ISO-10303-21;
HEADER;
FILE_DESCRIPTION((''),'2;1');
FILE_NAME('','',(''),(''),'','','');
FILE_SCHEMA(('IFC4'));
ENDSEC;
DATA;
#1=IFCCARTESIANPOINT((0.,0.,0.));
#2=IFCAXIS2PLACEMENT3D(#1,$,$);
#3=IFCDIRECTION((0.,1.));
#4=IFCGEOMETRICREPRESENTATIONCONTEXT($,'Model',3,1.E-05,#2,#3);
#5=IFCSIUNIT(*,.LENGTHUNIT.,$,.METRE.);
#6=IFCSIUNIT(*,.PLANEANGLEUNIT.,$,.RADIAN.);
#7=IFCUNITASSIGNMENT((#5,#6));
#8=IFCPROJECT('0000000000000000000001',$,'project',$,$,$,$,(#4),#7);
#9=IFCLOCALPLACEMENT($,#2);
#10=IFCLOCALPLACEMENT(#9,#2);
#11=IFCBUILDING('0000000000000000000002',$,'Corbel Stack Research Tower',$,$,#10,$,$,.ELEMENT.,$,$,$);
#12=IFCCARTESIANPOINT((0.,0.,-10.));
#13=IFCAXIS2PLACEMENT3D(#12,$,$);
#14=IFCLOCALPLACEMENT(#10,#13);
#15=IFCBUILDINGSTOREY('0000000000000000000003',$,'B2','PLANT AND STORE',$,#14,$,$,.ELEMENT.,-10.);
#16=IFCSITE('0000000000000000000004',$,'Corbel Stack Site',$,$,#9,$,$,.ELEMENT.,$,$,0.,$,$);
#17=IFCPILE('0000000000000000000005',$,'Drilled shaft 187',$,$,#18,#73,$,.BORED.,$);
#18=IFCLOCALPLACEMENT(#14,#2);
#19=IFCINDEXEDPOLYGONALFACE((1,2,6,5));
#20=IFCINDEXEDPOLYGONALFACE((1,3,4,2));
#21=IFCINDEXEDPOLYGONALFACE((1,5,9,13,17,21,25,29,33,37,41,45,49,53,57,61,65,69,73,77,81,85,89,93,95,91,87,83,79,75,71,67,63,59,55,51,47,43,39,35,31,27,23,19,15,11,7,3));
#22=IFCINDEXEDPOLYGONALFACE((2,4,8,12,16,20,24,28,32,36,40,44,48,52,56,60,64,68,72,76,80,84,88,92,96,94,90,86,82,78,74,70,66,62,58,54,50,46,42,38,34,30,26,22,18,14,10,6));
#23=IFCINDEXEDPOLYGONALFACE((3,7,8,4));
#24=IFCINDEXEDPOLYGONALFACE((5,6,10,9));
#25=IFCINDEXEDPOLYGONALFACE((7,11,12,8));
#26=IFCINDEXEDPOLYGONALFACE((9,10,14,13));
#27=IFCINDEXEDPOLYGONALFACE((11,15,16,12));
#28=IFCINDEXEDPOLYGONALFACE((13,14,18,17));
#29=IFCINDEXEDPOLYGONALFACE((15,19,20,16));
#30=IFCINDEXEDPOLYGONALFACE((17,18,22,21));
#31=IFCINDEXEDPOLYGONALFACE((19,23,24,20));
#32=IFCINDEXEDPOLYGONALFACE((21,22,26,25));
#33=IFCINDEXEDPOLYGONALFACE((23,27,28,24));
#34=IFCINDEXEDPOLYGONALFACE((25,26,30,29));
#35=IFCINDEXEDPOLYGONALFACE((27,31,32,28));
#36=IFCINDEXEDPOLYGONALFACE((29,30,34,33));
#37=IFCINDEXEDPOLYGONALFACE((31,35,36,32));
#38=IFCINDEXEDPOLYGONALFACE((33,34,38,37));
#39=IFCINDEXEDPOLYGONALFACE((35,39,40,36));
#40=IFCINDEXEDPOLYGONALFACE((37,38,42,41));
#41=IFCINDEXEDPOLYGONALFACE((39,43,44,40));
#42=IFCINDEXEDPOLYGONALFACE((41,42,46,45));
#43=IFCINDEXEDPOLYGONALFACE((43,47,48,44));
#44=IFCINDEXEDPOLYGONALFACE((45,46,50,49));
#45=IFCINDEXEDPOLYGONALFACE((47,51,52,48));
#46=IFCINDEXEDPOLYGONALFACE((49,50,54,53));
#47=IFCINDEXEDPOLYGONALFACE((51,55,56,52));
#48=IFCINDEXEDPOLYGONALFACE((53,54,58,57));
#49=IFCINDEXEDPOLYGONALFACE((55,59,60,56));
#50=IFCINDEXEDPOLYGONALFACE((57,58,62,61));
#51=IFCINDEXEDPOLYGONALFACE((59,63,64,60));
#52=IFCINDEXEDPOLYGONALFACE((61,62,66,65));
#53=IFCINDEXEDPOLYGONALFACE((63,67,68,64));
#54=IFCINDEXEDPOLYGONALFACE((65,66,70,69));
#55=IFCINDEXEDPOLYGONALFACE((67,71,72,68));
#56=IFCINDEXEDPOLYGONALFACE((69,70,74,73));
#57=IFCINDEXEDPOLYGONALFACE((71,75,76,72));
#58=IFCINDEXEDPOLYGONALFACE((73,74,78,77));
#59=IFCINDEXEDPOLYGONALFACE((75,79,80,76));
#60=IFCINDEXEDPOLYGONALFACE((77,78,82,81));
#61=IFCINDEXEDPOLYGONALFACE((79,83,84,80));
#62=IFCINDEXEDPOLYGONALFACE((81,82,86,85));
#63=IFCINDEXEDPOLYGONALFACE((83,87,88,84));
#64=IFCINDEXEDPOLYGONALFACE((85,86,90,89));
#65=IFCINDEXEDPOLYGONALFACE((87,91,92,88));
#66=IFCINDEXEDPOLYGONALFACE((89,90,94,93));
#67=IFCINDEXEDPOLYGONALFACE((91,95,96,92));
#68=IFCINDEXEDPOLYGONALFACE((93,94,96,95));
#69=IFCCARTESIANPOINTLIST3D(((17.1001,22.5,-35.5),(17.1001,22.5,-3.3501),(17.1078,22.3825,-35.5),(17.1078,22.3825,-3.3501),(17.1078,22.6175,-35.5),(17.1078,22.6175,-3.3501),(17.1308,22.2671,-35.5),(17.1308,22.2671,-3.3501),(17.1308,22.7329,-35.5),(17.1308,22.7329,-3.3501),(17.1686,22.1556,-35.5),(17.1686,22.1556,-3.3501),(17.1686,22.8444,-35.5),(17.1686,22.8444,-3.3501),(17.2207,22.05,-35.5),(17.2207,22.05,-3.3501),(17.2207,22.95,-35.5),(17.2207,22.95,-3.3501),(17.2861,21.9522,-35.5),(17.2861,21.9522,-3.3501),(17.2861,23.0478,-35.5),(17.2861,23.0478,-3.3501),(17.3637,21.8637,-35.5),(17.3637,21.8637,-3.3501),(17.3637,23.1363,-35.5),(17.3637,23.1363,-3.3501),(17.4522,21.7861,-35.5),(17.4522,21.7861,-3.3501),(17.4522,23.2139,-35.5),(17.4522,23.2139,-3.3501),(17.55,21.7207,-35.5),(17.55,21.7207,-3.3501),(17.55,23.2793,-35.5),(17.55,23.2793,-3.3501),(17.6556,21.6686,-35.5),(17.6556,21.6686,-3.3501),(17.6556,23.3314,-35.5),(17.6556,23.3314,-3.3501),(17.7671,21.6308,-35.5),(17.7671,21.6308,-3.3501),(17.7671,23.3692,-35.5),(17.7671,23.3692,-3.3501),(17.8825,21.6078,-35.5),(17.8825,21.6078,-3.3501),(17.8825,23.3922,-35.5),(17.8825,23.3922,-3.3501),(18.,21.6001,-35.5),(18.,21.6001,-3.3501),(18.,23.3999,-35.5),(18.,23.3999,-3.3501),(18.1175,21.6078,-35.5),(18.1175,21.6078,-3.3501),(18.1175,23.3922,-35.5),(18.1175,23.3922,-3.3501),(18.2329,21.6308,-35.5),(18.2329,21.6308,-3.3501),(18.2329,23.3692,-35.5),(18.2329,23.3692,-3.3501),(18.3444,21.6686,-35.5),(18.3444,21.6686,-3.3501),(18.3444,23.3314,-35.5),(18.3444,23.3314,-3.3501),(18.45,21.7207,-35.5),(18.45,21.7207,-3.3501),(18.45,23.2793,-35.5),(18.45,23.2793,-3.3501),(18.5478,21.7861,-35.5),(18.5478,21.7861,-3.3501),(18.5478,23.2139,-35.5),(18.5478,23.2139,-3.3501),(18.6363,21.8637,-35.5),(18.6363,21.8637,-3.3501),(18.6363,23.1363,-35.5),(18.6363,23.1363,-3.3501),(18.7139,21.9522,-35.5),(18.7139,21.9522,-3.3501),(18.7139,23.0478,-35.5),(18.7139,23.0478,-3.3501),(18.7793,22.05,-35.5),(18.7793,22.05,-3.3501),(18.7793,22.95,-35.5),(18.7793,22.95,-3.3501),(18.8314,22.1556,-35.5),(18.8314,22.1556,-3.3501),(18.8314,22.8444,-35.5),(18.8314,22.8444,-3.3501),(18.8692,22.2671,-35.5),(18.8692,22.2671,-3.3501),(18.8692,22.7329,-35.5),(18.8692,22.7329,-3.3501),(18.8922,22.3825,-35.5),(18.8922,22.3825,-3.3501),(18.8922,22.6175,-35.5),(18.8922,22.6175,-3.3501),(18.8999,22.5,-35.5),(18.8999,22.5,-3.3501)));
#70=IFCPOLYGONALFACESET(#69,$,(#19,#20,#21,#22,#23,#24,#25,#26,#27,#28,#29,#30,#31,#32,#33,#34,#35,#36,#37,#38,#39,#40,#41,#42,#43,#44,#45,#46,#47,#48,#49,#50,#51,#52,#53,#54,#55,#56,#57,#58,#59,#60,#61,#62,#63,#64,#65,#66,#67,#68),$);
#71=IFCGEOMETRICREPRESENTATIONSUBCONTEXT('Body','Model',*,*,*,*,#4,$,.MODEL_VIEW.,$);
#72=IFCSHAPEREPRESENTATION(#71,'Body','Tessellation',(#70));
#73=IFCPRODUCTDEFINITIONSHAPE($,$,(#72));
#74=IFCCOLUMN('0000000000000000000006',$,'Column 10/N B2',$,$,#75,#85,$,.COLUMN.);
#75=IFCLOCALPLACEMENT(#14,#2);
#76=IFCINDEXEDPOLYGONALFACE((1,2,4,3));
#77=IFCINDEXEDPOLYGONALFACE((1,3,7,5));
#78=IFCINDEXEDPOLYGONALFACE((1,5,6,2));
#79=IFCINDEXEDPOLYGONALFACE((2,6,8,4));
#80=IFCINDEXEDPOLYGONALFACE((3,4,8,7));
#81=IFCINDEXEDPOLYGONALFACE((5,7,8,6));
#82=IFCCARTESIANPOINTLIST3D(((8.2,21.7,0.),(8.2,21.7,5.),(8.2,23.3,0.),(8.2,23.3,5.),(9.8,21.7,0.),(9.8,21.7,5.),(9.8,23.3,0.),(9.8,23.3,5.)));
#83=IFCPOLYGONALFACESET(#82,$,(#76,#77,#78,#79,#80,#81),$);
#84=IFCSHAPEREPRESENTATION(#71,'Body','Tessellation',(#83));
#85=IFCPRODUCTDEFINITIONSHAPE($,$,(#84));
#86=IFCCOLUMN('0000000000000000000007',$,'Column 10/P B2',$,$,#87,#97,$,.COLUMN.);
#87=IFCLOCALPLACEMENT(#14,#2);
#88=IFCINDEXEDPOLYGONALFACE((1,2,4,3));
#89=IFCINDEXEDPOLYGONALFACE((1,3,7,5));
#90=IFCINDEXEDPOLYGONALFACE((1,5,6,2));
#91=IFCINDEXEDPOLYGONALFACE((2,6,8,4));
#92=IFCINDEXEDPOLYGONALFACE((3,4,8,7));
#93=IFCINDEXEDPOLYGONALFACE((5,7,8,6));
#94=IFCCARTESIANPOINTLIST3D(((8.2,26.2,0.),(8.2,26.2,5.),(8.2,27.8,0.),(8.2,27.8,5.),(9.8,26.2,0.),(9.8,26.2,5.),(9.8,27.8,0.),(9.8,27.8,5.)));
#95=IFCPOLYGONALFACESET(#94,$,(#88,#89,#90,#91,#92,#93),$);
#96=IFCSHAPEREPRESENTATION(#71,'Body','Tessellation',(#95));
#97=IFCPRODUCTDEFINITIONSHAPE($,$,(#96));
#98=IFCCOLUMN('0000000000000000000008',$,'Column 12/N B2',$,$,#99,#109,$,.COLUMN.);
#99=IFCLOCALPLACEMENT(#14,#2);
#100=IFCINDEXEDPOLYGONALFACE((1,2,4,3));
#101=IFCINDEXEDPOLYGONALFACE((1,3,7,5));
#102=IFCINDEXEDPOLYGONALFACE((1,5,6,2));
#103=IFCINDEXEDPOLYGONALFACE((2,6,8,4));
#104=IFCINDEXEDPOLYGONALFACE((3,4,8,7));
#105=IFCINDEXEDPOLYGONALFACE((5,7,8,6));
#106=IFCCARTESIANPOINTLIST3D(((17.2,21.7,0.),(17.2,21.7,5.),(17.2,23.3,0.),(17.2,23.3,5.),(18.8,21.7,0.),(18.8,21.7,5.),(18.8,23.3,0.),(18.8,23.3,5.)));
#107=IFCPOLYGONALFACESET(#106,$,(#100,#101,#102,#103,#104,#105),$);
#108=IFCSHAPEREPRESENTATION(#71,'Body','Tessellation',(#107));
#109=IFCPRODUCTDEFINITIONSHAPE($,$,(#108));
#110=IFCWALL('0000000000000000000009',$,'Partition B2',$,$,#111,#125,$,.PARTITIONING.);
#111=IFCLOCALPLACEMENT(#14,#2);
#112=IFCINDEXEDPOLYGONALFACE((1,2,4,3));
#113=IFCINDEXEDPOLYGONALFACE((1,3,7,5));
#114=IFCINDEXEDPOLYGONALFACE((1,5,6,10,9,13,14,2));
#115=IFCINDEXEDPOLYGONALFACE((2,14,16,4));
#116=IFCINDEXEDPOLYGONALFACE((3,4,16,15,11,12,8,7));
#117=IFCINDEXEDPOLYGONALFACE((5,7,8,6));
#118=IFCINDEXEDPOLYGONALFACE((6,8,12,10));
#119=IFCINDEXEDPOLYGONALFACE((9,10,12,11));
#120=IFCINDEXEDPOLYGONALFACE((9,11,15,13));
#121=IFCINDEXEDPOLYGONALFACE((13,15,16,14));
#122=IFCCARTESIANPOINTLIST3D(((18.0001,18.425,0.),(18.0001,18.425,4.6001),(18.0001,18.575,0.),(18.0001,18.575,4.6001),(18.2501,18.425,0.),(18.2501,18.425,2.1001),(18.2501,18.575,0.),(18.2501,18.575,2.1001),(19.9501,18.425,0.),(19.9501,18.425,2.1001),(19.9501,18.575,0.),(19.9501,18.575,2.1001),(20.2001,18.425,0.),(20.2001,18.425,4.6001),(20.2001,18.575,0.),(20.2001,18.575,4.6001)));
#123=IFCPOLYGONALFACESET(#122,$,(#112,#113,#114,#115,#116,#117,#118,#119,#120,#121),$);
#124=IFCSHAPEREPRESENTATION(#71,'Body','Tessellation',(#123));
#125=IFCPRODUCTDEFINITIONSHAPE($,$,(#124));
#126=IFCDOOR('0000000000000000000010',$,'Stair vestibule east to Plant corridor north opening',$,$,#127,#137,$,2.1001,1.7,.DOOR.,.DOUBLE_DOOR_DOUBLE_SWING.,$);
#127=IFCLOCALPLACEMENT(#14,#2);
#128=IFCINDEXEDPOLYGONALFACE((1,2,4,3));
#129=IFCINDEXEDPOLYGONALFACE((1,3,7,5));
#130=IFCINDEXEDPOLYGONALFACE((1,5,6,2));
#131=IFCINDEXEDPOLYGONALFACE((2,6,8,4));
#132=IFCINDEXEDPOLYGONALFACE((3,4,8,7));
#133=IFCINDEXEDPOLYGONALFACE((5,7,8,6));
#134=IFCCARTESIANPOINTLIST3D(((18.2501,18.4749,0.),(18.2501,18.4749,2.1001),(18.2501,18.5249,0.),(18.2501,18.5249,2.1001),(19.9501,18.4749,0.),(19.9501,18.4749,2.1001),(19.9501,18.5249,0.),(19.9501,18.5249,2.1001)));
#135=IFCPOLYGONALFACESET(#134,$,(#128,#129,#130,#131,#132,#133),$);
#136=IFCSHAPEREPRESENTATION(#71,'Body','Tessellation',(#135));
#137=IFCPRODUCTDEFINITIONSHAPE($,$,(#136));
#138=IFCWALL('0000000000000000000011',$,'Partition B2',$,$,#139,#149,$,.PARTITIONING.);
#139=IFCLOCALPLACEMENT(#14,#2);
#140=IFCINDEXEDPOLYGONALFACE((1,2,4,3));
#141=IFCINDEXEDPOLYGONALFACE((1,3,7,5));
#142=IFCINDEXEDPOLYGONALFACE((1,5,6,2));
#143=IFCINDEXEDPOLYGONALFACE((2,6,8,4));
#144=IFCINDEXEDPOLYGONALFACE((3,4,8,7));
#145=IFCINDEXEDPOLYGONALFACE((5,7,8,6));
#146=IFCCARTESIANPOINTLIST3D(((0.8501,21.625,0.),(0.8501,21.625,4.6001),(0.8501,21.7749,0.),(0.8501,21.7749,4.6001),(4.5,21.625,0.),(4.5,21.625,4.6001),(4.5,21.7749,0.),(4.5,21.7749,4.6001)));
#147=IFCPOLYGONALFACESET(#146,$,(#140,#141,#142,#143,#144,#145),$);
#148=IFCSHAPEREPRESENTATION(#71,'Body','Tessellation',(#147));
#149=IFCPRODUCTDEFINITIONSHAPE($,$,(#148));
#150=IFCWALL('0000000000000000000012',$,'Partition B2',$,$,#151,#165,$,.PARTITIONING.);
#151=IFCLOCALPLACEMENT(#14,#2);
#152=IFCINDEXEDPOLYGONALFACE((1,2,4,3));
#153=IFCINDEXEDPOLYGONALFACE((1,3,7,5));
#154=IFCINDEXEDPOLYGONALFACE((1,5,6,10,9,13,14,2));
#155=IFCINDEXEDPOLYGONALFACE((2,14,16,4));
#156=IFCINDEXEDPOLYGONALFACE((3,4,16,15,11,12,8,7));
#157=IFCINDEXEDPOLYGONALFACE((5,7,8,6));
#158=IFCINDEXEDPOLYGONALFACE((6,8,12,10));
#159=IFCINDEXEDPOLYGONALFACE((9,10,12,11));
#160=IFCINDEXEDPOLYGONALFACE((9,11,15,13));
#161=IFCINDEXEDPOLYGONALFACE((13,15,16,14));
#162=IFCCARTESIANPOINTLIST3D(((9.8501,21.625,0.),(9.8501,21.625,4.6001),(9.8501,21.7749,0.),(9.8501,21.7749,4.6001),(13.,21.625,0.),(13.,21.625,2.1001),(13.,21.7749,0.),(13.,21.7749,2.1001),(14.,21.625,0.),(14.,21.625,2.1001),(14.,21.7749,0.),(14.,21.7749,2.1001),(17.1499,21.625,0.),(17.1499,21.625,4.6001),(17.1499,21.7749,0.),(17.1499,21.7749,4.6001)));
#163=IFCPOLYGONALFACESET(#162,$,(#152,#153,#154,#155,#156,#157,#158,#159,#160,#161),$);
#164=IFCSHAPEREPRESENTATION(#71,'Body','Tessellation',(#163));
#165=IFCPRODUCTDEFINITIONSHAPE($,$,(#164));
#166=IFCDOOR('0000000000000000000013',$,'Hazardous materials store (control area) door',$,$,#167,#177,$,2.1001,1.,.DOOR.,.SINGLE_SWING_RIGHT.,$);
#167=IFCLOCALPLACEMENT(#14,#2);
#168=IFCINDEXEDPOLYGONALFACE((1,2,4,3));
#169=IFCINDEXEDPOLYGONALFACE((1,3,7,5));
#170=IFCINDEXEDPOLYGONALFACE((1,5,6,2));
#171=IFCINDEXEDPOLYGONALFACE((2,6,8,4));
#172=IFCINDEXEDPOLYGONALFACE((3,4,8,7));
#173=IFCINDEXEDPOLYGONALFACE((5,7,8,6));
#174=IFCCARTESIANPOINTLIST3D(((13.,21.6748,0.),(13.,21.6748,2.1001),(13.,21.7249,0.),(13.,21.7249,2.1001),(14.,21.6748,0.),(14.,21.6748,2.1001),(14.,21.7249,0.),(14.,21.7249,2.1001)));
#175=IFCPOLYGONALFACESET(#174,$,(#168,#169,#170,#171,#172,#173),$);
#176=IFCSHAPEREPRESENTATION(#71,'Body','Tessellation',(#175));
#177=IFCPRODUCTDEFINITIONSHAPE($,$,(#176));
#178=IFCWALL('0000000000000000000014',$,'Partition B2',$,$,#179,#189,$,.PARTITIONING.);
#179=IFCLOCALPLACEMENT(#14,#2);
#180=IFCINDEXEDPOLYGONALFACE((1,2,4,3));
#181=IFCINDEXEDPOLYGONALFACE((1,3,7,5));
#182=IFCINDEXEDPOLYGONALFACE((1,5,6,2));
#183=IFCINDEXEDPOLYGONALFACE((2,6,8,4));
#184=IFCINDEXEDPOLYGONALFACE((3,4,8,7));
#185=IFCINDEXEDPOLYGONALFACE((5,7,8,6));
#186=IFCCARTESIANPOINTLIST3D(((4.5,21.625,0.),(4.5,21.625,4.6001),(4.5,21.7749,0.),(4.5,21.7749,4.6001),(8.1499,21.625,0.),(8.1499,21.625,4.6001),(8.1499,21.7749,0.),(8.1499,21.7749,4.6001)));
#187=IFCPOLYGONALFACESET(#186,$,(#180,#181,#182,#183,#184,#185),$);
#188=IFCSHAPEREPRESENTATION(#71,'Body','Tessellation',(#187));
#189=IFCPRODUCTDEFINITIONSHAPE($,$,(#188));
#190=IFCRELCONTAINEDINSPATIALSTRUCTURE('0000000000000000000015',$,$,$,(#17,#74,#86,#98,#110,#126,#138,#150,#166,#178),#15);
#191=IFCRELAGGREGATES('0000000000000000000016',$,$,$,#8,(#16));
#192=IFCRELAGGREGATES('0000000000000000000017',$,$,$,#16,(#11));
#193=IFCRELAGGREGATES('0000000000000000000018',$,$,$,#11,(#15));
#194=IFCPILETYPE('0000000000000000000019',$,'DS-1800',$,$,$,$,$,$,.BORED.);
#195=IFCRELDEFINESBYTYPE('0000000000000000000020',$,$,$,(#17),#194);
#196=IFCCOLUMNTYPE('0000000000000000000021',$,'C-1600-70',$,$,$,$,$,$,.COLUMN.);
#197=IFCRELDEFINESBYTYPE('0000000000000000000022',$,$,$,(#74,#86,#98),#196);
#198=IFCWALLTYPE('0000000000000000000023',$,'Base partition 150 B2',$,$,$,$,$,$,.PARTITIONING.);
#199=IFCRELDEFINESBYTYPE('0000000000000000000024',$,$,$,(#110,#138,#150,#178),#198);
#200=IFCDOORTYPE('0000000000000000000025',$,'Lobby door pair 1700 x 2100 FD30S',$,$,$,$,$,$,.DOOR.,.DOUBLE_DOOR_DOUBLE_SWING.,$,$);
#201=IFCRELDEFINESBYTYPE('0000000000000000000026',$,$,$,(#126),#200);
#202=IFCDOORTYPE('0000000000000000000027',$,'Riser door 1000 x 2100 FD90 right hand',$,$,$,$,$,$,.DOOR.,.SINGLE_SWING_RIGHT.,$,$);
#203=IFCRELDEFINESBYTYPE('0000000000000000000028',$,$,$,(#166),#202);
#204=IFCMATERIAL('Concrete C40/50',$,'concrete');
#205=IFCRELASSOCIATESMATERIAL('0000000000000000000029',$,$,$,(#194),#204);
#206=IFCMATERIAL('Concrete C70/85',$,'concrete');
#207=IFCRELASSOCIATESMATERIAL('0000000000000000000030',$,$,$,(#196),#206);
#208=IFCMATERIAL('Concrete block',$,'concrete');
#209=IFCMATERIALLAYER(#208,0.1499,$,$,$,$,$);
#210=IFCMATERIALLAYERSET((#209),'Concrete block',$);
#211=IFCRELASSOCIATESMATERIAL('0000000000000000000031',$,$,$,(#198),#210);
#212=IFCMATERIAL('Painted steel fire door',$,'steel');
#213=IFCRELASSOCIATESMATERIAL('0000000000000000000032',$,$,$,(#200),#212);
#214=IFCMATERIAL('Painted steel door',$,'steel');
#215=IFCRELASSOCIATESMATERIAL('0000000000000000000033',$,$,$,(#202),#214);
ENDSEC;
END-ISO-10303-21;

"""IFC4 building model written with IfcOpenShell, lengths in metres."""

from ifc_helpers import new_model, si_unit, direction, frame, frame_2d, origin, origin_2d, place, context, subcontext, project, spatial, rectangle, circle, extrude, material, layer, layer_set, material_profile, profile_set, type_object, element, fill, save


model = new_model("IFC4")

# Units and contexts
model_context = context("Model", 3, precision=1e-05, world=origin(), true_north=direction((0.0, 1.0)))
body_context = subcontext(model_context, "Body", "Model", "MODEL_VIEW")
ifc_project = project(units=[si_unit("LENGTHUNIT", "METRE"), si_unit("PLANEANGLEUNIT", "RADIAN")], contexts=[model_context])

# Site, building, storey
site_placement = place(None, origin())
site = spatial("IfcSite", under=ifc_project, at=site_placement, Name="Corbel Stack Site", CompositionType="ELEMENT", RefElevation=0.0)
building_placement = place(site_placement, origin())
building = spatial("IfcBuilding", under=site, at=building_placement, Name="Corbel Stack Research Tower", CompositionType="ELEMENT")
storey_placement = place(building_placement, frame((0.0, 0.0, -10.0)))
storey = spatial("IfcBuildingStorey", under=building, at=storey_placement, Name="B2", Description="PLANT AND STORE", CompositionType="ELEMENT", Elevation=-10.0)

# Pile
ifc_material_1 = material(Name="Concrete C40/50", Category="concrete")
ifc_material_profile_1 = material_profile(ifc_material_1, circle(Radius=0.8999, at=origin_2d()), Name="Shaft 1800")
ifc_profile_set_1 = profile_set([ifc_material_profile_1], Name="Concrete C40/50")
pile_type = type_object("IfcPileType", Name="DS-1800", PredefinedType="BORED", material=ifc_profile_set_1)
for number, where, z_axis, x_axis, name in (
    (1, (18.0, 22.5, -3.3501), (0.0, 0.0, -1.0), (1.0, 0.0, 0.0), "Drilled shaft 187"),
):
    element("IfcPile", number, at=place(storey_placement, frame(where, z_axis=z_axis, x_axis=x_axis)), inside=storey, type_object=pile_type, Name=name, PredefinedType="BORED", context=body_context, shape_type="SweptSolid", body=[
        extrude(circle(Radius=0.8999, at=origin_2d()), origin(), (0.0, 0.0, 1.0), 32.1499),
    ])

# Columns
ifc_material_2 = material(Name="Concrete C70/85", Category="concrete")
ifc_material_profile_2 = material_profile(ifc_material_2, rectangle(XDim=1.6001, YDim=1.6001, at=origin_2d()), Name="RC 1600 x 1600")
ifc_profile_set_2 = profile_set([ifc_material_profile_2], Name="Concrete C70/85")
column_type = type_object("IfcColumnType", Name="C-1600-70", PredefinedType="COLUMN", material=ifc_profile_set_2)
for number, where, z_axis, x_axis, name in (
    (2, (9.0, 22.5, 0.0), (0.0, 0.0, 1.0), (1.0, 0.0, 0.0), "Column 10/N B2"),
    (3, (9.0, 27.0, 0.0), (0.0, 0.0, 1.0), (1.0, 0.0, 0.0), "Column 10/P B2"),
    (4, (18.0, 22.5, 0.0), (0.0, 0.0, 1.0), (1.0, 0.0, 0.0), "Column 12/N B2"),
):
    element("IfcColumn", number, at=place(storey_placement, frame(where, z_axis=z_axis, x_axis=x_axis)), inside=storey, type_object=column_type, Name=name, PredefinedType="COLUMN", context=body_context, shape_type="SweptSolid", body=[
        extrude(rectangle(XDim=1.6001, YDim=1.6001, at=origin_2d()), origin(), (0.0, 0.0, 1.0), 5.0),
    ])

# Wall, opening, door
ifc_material_3 = material(Name="Concrete block", Category="concrete")
ifc_layer = layer(ifc_material_3, 0.1499)
ifc_layer_set = layer_set([ifc_layer], Name="Concrete block")
wall_type = type_object("IfcWallType", Name="Base partition 150 B2", PredefinedType="PARTITIONING", material=ifc_layer_set)
wall_1_placement = place(storey_placement, frame((18.0, 18.5, 0.0), z_axis=(0.0, 0.0, 1.0), x_axis=(1.0, 0.0, 0.0)))
wall_1 = element("IfcWall", 5, at=wall_1_placement, inside=storey, type_object=wall_type, Name="Partition B2", PredefinedType="PARTITIONING", context=body_context, shape_type="SweptSolid", body=[
    extrude(rectangle(XDim=2.2, YDim=0.1499, at=frame_2d((1.1001, 0.0))), origin(), (0.0, 0.0, 1.0), 4.6001),
])
opening_1_placement = place(wall_1_placement, frame((0.25, 0.0, 0.0)))
opening_1 = element("IfcOpeningElement", 6, at=opening_1_placement, cuts=wall_1, PredefinedType="OPENING", context=body_context, shape_type="SweptSolid", body=[
    extrude(rectangle(XDim=1.7, YDim=2.1001, at=frame_2d((0.8501, 1.05))), frame((0.0, 0.085, 0.0), z_axis=(0.0, -1.0, 0.0), x_axis=(1.0, 0.0, 0.0)), (0.0, 0.0, 1.0), 0.1699),
])
ifc_material_4 = material(Name="Painted steel fire door", Category="steel")
door_type_1 = type_object("IfcDoorType", Name="Lobby door pair 1700 x 2100 FD30S", OperationType="DOUBLE_DOOR_DOUBLE_SWING", PredefinedType="DOOR", material=ifc_material_4)
door_1_placement = place(opening_1_placement, origin())
door_1 = element("IfcDoor", 7, at=door_1_placement, inside=storey, type_object=door_type_1, Name="Stair vestibule east to Plant corridor north opening", OperationType="DOUBLE_DOOR_DOUBLE_SWING", OverallHeight=2.1001, OverallWidth=1.7, PredefinedType="DOOR", context=body_context, shape_type="SweptSolid", body=[
    extrude(rectangle(XDim=1.7, YDim=2.1001, at=frame_2d((0.8501, 1.05))), frame((0.0, 0.0249, 0.0), z_axis=(0.0, -1.0, 0.0), x_axis=(1.0, 0.0, 0.0)), (0.0, 0.0, 1.0), 0.05),
])
fill(opening_1, door_1)

# Wall
wall_2_placement = place(storey_placement, frame((0.8501, 21.7, 0.0), z_axis=(0.0, 0.0, 1.0), x_axis=(1.0, 0.0, 0.0)))
element("IfcWall", 8, at=wall_2_placement, inside=storey, type_object=wall_type, Name="Partition B2", PredefinedType="PARTITIONING", context=body_context, shape_type="SweptSolid", body=[
    extrude(rectangle(XDim=3.6499, YDim=0.1499, at=frame_2d((1.825, 0.0))), origin(), (0.0, 0.0, 1.0), 4.6001),
])

# Wall, opening, door
wall_3_placement = place(storey_placement, frame((9.8501, 21.7, 0.0), z_axis=(0.0, 0.0, 1.0), x_axis=(1.0, 0.0, 0.0)))
wall_3 = element("IfcWall", 9, at=wall_3_placement, inside=storey, type_object=wall_type, Name="Partition B2", PredefinedType="PARTITIONING", context=body_context, shape_type="SweptSolid", body=[
    extrude(rectangle(XDim=7.2998, YDim=0.1499, at=frame_2d((3.6499, 0.0))), origin(), (0.0, 0.0, 1.0), 4.6001),
])
opening_2_placement = place(wall_3_placement, frame((3.1499, 0.0, 0.0)))
opening_2 = element("IfcOpeningElement", 10, at=opening_2_placement, cuts=wall_3, PredefinedType="OPENING", context=body_context, shape_type="SweptSolid", body=[
    extrude(rectangle(XDim=1.0, YDim=2.1001, at=frame_2d((0.5, 1.05))), frame((0.0, 0.085, 0.0), z_axis=(0.0, -1.0, 0.0), x_axis=(1.0, 0.0, 0.0)), (0.0, 0.0, 1.0), 0.1699),
])
ifc_material_5 = material(Name="Painted steel door", Category="steel")
door_type_2 = type_object("IfcDoorType", Name="Riser door 1000 x 2100 FD90 right hand", OperationType="SINGLE_SWING_RIGHT", PredefinedType="DOOR", material=ifc_material_5)
door_2_placement = place(opening_2_placement, origin())
door_2 = element("IfcDoor", 11, at=door_2_placement, inside=storey, type_object=door_type_2, Name="Hazardous materials store (control area) door", OperationType="SINGLE_SWING_RIGHT", OverallHeight=2.1001, OverallWidth=1.0, PredefinedType="DOOR", context=body_context, shape_type="SweptSolid", body=[
    extrude(rectangle(XDim=1.0, YDim=2.1001, at=frame_2d((0.5, 1.05))), frame((0.0, 0.0249, 0.0), z_axis=(0.0, -1.0, 0.0), x_axis=(1.0, 0.0, 0.0)), (0.0, 0.0, 1.0), 0.05),
])
fill(opening_2, door_2)

# Wall
wall_4_placement = place(storey_placement, frame((4.5, 21.7, 0.0), z_axis=(0.0, 0.0, 1.0), x_axis=(1.0, 0.0, 0.0)))
element("IfcWall", 12, at=wall_4_placement, inside=storey, type_object=wall_type, Name="Partition B2", PredefinedType="PARTITIONING", context=body_context, shape_type="SweptSolid", body=[
    extrude(rectangle(XDim=3.6499, YDim=0.1499, at=frame_2d((1.825, 0.0))), origin(), (0.0, 0.0, 1.0), 4.6001),
])

save(model, "model.ifc")
